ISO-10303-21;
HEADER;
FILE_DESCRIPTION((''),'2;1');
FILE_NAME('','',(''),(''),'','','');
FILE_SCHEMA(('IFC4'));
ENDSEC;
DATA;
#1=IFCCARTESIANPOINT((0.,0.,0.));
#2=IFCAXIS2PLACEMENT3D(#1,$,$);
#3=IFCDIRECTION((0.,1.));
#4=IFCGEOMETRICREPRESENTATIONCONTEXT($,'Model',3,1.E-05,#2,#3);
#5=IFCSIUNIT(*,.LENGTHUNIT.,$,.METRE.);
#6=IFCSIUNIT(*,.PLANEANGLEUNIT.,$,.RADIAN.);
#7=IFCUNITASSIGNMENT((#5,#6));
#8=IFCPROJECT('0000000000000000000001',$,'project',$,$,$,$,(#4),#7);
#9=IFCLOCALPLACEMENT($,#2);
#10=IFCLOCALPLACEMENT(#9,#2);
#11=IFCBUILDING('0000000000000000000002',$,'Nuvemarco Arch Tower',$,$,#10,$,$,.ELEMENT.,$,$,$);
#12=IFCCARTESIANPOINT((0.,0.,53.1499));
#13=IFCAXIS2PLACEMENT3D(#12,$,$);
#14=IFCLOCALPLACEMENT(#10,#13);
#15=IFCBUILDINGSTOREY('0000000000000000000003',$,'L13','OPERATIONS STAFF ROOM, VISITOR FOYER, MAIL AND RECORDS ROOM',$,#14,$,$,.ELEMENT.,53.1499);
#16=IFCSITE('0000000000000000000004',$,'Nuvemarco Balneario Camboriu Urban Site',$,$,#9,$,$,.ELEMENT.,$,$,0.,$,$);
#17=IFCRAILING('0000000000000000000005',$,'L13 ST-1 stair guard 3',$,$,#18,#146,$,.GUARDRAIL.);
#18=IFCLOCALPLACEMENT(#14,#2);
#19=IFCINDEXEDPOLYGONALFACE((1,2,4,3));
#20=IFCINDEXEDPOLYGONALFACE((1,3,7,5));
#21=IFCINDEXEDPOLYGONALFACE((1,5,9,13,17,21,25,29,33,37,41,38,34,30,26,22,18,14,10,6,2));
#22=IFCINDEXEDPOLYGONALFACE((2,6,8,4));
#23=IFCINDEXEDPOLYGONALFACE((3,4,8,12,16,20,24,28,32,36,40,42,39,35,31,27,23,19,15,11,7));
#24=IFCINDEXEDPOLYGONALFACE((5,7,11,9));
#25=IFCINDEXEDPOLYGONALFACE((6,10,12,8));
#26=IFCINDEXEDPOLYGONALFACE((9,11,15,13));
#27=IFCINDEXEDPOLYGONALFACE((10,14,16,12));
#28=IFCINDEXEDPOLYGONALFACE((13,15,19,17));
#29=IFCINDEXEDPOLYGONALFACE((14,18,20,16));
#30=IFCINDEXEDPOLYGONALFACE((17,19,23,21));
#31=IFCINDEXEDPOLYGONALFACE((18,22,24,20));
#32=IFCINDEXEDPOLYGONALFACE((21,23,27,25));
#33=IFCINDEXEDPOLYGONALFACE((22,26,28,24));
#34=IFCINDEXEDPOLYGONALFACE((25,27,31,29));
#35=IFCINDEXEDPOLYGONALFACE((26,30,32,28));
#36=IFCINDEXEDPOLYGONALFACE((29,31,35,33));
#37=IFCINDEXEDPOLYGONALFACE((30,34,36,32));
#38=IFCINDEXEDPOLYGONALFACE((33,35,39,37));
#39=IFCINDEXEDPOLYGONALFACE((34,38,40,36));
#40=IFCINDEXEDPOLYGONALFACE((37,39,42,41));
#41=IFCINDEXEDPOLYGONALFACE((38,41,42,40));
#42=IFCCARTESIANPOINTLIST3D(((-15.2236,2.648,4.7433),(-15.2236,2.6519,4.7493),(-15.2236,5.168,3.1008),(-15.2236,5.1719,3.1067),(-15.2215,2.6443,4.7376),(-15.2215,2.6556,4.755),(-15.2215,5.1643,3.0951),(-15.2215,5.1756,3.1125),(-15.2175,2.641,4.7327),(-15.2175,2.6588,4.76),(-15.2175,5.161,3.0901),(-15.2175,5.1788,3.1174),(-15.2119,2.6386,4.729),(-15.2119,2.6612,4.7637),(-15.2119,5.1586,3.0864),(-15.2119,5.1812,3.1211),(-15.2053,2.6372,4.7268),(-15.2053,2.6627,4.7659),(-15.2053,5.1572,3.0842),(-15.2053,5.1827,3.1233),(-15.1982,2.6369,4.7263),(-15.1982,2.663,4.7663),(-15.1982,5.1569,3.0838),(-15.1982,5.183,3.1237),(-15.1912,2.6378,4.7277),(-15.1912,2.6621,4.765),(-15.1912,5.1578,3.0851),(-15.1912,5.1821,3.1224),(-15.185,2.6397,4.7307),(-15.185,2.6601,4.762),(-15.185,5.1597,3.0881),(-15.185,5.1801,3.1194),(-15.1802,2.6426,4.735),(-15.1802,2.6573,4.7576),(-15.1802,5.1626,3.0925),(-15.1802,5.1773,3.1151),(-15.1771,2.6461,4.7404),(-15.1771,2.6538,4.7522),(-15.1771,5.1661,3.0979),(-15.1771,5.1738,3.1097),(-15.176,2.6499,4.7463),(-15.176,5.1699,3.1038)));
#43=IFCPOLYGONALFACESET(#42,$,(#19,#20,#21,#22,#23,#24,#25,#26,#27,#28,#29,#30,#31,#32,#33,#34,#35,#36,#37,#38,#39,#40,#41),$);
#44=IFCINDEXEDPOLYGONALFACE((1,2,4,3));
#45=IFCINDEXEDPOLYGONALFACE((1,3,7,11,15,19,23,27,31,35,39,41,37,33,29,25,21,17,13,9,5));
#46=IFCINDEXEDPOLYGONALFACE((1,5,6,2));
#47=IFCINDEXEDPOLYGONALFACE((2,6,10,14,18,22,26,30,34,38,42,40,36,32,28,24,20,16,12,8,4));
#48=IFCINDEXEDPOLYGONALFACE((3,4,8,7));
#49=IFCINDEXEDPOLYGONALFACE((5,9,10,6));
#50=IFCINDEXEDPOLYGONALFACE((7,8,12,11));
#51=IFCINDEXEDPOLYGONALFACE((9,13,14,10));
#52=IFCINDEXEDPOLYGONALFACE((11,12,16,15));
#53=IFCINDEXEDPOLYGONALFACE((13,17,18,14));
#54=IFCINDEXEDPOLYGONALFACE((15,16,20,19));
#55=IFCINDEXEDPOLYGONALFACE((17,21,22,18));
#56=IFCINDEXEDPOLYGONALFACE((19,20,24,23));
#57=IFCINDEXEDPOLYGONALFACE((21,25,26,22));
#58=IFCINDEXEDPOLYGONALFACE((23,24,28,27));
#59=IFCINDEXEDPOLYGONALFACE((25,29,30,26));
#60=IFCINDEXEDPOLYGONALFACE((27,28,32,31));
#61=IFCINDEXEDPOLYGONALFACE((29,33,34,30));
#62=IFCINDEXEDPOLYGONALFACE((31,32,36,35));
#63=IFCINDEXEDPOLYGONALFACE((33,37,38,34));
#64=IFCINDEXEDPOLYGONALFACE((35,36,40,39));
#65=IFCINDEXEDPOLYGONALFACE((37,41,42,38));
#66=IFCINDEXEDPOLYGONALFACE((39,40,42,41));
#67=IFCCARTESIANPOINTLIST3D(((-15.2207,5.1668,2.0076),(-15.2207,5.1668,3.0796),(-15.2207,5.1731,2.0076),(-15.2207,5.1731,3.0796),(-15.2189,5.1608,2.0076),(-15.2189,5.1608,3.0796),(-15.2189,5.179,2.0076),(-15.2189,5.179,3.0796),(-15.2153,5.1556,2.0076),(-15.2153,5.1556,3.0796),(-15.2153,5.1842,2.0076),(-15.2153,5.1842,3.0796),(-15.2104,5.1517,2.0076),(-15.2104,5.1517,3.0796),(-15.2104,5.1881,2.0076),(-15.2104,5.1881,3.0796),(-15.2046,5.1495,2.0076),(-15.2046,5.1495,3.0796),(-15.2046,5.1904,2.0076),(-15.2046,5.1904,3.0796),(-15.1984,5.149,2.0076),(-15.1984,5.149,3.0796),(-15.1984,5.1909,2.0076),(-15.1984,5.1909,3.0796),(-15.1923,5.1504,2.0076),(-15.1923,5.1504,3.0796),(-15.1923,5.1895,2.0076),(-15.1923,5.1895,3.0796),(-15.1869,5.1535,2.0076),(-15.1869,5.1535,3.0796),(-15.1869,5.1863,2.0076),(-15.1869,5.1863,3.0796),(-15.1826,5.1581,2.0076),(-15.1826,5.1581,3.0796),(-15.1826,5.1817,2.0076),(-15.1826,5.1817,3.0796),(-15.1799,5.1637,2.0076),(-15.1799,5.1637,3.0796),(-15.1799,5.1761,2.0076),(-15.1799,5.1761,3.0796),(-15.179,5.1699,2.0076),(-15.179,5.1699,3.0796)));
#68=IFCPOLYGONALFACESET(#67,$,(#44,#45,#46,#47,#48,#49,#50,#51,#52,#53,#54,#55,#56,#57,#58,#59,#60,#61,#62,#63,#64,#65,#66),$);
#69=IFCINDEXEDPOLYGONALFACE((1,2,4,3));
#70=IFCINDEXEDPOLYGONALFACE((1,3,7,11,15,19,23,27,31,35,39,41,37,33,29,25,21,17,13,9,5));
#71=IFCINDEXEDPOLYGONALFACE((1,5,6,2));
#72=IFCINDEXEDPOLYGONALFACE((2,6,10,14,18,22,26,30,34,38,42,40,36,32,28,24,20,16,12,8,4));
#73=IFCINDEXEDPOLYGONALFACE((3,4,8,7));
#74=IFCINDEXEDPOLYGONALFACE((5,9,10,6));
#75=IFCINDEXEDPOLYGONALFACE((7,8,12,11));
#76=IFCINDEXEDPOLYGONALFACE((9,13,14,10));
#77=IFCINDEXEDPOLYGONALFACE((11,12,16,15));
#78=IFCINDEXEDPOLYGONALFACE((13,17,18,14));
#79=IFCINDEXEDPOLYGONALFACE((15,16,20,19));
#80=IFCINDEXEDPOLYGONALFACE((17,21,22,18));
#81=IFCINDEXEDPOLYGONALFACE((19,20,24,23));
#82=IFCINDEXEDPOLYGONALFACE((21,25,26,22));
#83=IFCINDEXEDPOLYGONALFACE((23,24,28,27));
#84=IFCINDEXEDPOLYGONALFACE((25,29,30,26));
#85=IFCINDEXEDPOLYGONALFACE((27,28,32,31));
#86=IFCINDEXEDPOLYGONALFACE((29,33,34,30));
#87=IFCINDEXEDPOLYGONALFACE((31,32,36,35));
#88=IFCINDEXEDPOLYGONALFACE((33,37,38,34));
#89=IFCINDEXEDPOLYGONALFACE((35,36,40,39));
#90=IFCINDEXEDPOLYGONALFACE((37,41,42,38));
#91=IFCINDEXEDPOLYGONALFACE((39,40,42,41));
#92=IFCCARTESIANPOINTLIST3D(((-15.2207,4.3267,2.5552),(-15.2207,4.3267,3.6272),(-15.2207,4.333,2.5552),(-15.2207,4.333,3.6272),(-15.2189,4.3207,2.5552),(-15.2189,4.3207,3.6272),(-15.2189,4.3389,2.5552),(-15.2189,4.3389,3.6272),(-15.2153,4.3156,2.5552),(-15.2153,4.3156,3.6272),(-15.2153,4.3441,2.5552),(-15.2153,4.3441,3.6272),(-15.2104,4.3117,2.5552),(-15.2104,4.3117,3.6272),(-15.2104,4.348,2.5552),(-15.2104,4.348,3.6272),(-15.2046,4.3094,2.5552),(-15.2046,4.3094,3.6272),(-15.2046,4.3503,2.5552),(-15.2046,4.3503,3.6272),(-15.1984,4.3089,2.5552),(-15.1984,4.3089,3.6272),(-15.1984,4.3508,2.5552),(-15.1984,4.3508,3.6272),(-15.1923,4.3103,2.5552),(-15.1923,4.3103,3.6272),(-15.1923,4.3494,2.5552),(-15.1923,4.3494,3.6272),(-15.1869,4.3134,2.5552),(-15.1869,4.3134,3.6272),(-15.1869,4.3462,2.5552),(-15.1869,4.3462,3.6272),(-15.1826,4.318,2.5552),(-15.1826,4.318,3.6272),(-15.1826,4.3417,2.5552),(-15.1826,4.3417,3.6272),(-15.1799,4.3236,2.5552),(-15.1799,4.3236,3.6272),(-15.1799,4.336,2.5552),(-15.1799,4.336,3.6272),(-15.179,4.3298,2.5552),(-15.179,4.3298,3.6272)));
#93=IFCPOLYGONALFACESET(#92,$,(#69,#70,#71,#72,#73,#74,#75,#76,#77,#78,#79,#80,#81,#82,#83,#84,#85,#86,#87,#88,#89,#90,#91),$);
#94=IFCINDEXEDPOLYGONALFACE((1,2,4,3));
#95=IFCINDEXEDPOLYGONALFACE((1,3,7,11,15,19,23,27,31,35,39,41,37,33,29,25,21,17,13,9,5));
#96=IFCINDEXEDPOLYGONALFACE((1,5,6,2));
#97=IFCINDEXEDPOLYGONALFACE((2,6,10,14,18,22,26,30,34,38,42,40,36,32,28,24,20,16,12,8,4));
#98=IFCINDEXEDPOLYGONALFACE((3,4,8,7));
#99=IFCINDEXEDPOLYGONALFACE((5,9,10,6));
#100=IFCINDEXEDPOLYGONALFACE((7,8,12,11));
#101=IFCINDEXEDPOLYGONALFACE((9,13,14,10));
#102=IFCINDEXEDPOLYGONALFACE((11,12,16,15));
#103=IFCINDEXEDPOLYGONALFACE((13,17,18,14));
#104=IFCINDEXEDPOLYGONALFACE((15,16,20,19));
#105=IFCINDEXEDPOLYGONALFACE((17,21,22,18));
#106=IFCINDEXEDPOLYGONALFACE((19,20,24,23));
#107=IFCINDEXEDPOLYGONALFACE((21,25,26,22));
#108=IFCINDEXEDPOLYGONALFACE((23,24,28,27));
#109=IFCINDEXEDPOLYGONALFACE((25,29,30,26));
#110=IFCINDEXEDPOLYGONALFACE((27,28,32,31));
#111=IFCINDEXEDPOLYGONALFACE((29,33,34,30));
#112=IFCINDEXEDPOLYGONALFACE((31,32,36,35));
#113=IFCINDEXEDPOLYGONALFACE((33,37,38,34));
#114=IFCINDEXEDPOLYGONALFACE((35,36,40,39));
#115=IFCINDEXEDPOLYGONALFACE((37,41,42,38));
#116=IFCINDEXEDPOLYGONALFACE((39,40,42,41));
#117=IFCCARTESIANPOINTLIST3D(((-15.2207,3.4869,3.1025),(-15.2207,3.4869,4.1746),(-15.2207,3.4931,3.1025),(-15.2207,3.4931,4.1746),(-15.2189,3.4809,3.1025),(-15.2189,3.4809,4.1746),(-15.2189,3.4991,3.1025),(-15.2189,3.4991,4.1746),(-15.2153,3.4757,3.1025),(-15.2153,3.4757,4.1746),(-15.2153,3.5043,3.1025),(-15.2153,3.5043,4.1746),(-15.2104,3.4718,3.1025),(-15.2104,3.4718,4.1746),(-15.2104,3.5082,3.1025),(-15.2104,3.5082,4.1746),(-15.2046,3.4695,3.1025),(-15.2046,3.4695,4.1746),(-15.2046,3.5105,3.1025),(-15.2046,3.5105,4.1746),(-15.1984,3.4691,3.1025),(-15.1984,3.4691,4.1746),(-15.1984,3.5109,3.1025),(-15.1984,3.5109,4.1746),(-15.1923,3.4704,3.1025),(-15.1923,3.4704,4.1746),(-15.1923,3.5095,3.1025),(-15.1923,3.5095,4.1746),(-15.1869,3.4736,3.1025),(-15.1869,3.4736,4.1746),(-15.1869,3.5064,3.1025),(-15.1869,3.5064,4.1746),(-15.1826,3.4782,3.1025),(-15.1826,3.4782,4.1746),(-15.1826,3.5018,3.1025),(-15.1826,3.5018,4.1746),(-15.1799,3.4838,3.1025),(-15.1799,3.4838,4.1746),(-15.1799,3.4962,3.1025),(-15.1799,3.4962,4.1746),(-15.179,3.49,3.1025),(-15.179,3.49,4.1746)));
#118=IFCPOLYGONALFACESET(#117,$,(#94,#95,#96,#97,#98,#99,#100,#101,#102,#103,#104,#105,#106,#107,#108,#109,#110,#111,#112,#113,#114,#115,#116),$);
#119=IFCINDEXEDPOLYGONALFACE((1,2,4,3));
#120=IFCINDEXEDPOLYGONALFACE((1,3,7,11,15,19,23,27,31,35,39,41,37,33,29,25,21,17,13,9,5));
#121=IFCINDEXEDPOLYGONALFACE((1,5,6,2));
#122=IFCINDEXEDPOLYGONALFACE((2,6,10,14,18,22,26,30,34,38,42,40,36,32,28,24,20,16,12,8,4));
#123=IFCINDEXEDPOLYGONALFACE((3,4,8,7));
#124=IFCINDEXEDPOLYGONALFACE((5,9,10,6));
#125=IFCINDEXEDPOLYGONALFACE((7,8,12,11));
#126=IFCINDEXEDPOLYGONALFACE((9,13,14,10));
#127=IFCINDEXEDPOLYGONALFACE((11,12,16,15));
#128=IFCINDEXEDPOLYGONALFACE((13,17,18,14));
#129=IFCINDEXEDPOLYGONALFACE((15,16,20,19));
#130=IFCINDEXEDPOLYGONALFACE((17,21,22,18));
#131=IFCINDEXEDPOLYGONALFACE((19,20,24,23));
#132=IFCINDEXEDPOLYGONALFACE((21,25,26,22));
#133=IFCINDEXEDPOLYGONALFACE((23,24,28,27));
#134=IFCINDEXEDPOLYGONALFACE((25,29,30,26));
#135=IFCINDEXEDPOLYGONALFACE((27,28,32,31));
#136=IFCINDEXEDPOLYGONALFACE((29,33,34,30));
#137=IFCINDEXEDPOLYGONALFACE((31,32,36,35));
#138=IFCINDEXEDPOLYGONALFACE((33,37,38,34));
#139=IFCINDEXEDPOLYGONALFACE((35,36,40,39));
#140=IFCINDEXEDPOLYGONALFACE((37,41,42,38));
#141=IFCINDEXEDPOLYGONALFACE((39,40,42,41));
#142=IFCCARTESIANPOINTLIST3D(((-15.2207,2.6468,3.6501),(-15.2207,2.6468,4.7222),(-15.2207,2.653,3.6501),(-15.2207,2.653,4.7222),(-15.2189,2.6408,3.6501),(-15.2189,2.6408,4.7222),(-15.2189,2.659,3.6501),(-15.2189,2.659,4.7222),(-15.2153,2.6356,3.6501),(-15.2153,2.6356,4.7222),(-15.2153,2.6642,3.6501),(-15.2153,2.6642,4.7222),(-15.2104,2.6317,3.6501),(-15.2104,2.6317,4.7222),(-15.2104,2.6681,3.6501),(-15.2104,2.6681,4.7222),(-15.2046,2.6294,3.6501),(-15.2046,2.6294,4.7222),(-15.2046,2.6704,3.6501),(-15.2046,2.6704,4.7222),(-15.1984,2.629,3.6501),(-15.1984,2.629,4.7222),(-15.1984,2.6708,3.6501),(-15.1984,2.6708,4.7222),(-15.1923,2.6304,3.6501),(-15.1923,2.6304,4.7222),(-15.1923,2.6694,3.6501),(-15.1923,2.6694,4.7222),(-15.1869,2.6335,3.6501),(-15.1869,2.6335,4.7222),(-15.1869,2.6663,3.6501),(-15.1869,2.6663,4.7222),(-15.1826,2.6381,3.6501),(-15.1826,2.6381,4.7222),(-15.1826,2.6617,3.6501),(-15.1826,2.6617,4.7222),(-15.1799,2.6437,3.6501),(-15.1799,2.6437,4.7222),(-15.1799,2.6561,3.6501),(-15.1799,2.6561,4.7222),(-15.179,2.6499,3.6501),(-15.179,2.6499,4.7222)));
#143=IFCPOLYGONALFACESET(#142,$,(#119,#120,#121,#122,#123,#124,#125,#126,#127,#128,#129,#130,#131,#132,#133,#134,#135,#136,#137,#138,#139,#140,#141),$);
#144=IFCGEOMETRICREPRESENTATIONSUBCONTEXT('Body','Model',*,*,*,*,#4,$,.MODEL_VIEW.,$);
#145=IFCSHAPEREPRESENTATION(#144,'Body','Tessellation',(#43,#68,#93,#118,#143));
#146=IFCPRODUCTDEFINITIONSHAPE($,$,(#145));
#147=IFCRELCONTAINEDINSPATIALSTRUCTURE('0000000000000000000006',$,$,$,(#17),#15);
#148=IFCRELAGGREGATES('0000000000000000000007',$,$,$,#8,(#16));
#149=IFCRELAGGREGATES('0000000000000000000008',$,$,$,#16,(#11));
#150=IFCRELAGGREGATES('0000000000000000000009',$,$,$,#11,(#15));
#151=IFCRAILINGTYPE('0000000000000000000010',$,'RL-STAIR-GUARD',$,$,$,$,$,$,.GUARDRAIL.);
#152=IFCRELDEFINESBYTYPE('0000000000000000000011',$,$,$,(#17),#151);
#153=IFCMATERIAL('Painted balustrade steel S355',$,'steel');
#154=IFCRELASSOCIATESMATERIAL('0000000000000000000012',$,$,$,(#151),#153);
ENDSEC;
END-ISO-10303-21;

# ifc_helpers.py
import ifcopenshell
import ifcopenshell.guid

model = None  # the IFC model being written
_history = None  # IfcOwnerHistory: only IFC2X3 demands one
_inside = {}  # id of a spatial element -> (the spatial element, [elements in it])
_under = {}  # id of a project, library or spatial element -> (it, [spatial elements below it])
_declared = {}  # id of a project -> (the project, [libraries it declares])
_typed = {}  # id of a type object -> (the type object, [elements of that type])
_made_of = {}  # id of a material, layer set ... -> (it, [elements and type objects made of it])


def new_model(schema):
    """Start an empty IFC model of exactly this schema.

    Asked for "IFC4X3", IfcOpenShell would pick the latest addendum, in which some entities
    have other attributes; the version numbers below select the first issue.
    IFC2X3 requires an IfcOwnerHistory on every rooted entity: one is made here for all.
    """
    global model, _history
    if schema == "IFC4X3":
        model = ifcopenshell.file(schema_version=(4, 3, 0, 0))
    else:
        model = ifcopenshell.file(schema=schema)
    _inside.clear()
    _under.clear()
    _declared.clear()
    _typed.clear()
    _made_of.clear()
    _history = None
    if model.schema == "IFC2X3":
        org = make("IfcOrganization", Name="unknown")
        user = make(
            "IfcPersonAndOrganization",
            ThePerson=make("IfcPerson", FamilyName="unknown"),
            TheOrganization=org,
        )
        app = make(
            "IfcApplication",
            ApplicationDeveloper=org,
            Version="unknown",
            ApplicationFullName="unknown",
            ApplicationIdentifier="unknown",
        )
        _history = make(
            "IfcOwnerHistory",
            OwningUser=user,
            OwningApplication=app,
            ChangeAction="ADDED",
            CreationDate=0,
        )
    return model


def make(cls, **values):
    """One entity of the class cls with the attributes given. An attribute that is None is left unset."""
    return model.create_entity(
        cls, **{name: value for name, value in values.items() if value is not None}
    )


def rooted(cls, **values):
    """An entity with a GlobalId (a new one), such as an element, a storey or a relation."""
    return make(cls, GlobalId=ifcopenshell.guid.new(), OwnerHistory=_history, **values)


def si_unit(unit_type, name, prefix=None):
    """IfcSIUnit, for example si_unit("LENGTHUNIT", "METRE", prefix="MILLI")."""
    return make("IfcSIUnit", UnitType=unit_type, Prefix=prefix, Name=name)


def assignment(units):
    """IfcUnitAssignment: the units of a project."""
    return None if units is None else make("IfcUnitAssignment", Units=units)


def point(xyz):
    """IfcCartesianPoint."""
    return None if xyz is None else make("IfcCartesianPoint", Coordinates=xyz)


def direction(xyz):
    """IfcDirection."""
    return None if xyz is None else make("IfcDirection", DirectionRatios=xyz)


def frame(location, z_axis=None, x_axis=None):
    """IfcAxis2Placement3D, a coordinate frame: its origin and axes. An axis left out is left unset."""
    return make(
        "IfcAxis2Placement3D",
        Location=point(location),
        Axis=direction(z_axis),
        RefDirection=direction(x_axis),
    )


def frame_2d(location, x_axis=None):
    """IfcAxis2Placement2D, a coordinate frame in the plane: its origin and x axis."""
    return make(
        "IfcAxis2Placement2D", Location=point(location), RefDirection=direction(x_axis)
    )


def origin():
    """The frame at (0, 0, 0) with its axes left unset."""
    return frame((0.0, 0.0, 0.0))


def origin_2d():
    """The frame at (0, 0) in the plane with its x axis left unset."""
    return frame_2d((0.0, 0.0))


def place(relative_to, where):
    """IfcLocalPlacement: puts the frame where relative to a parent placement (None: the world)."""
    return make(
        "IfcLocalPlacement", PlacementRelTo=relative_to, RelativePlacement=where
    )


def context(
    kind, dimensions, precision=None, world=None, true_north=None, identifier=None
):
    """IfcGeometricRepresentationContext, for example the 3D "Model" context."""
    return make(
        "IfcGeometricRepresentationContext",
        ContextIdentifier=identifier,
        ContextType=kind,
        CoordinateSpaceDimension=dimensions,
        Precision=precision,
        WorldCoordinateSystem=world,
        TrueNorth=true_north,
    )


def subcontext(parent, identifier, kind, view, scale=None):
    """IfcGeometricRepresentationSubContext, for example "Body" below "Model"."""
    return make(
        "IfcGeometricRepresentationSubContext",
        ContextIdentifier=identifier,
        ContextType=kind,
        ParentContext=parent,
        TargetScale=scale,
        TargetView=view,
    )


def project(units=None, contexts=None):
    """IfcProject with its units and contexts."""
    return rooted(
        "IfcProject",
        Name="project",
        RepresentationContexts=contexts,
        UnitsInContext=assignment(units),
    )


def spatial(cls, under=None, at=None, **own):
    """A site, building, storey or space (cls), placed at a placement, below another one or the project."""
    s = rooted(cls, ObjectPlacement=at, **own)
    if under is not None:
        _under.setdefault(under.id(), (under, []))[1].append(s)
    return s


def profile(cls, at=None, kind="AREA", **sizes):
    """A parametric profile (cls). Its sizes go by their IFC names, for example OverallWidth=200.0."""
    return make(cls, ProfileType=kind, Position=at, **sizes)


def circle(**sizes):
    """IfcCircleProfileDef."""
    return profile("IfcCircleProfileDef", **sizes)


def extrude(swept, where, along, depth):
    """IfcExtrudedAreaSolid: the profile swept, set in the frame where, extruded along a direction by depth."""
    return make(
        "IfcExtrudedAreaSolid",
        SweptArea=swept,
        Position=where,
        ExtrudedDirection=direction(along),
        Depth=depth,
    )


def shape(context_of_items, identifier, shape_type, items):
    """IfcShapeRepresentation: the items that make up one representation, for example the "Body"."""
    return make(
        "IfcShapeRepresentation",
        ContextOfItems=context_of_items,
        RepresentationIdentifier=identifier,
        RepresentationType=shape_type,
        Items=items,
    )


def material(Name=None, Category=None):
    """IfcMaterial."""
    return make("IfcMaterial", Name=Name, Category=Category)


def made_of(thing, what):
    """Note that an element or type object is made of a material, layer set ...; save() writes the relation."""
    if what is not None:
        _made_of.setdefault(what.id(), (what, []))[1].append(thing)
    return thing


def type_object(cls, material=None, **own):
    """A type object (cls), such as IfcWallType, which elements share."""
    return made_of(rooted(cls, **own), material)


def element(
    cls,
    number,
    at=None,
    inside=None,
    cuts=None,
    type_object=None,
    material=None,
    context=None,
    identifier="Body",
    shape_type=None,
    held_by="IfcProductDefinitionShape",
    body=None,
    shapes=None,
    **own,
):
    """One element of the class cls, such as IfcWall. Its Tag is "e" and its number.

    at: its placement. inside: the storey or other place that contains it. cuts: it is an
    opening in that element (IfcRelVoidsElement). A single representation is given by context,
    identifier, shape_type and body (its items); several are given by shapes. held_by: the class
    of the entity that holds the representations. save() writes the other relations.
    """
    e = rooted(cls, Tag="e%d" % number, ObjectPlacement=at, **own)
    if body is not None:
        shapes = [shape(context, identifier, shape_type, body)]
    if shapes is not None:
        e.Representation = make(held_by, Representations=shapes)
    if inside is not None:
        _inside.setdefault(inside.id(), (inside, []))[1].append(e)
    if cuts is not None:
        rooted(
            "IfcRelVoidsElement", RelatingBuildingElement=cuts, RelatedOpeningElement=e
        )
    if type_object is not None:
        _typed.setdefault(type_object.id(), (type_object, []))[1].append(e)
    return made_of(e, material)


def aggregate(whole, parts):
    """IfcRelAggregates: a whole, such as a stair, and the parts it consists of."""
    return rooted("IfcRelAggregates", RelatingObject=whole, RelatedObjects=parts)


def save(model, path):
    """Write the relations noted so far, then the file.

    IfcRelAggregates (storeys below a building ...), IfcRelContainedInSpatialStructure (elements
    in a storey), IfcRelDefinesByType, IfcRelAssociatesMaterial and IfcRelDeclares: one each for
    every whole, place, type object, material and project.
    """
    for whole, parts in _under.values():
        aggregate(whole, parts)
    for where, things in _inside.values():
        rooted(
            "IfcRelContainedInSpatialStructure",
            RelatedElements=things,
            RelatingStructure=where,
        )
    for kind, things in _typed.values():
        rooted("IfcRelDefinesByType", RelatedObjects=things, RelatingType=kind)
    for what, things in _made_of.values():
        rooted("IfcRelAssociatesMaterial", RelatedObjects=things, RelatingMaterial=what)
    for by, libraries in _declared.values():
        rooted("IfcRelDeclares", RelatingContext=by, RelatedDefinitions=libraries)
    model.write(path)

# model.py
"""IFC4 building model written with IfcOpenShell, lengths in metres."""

from ifc_helpers import new_model, si_unit, direction, frame, origin, origin_2d, place, context, subcontext, project, spatial, circle, extrude, material, type_object, element, save


model = new_model("IFC4")

# Units and contexts
model_context = context("Model", 3, precision=1e-05, world=origin(), true_north=direction((0.0, 1.0)))
body_context = subcontext(model_context, "Body", "Model", "MODEL_VIEW")
ifc_project = project(units=[si_unit("LENGTHUNIT", "METRE"), si_unit("PLANEANGLEUNIT", "RADIAN")], contexts=[model_context])

# Site, building, storey
site_placement = place(None, origin())
site = spatial("IfcSite", under=ifc_project, at=site_placement, Name="Nuvemarco Balneario Camboriu Urban Site", CompositionType="ELEMENT", RefElevation=0.0)
building_placement = place(site_placement, origin())
building = spatial("IfcBuilding", under=site, at=building_placement, Name="Nuvemarco Arch Tower", CompositionType="ELEMENT")
storey_placement = place(building_placement, frame((0.0, 0.0, 53.1499)))
storey = spatial("IfcBuildingStorey", under=building, at=storey_placement, Name="L13", Description="OPERATIONS STAFF ROOM, VISITOR FOYER, MAIL AND RECORDS ROOM", CompositionType="ELEMENT", Elevation=53.1499)

# Railing
ifc_material_1 = material(Name="Painted balustrade steel S355", Category="steel")
railing_type_1 = type_object("IfcRailingType", Name="RL-STAIR-GUARD", PredefinedType="GUARDRAIL", material=ifc_material_1)
railing_1_placement = place(storey_placement, frame((-15.2, 5.1699, 2.0076)))
element("IfcRailing", 1, at=railing_1_placement, inside=storey, type_object=railing_type_1, Name="L13 ST-1 stair guard 3", PredefinedType="GUARDRAIL", context=body_context, shape_type="SweptSolid", body=[
    extrude(circle(Radius=0.0239, at=origin_2d()), frame((0.0, 0.0, 1.0962), z_axis=(0.0, -0.837749, 0.546055), x_axis=(1.0, 0.0, 0.0)), (0.0, 0.0, 1.0), 3.0081),
    extrude(circle(Radius=0.021, at=origin_2d()), origin(), (0.0, 0.0, 1.0), 1.072),
    extrude(circle(Radius=0.021, at=origin_2d()), frame((0.0, -0.8401, 0.5476)), (0.0, 0.0, 1.0), 1.072),
    extrude(circle(Radius=0.021, at=origin_2d()), frame((0.0, -1.6799, 1.095)), (0.0, 0.0, 1.0), 1.072),
    extrude(circle(Radius=0.021, at=origin_2d()), frame((0.0, -2.52, 1.6426)), (0.0, 0.0, 1.0), 1.072),
])

save(model, "model.ifc")
